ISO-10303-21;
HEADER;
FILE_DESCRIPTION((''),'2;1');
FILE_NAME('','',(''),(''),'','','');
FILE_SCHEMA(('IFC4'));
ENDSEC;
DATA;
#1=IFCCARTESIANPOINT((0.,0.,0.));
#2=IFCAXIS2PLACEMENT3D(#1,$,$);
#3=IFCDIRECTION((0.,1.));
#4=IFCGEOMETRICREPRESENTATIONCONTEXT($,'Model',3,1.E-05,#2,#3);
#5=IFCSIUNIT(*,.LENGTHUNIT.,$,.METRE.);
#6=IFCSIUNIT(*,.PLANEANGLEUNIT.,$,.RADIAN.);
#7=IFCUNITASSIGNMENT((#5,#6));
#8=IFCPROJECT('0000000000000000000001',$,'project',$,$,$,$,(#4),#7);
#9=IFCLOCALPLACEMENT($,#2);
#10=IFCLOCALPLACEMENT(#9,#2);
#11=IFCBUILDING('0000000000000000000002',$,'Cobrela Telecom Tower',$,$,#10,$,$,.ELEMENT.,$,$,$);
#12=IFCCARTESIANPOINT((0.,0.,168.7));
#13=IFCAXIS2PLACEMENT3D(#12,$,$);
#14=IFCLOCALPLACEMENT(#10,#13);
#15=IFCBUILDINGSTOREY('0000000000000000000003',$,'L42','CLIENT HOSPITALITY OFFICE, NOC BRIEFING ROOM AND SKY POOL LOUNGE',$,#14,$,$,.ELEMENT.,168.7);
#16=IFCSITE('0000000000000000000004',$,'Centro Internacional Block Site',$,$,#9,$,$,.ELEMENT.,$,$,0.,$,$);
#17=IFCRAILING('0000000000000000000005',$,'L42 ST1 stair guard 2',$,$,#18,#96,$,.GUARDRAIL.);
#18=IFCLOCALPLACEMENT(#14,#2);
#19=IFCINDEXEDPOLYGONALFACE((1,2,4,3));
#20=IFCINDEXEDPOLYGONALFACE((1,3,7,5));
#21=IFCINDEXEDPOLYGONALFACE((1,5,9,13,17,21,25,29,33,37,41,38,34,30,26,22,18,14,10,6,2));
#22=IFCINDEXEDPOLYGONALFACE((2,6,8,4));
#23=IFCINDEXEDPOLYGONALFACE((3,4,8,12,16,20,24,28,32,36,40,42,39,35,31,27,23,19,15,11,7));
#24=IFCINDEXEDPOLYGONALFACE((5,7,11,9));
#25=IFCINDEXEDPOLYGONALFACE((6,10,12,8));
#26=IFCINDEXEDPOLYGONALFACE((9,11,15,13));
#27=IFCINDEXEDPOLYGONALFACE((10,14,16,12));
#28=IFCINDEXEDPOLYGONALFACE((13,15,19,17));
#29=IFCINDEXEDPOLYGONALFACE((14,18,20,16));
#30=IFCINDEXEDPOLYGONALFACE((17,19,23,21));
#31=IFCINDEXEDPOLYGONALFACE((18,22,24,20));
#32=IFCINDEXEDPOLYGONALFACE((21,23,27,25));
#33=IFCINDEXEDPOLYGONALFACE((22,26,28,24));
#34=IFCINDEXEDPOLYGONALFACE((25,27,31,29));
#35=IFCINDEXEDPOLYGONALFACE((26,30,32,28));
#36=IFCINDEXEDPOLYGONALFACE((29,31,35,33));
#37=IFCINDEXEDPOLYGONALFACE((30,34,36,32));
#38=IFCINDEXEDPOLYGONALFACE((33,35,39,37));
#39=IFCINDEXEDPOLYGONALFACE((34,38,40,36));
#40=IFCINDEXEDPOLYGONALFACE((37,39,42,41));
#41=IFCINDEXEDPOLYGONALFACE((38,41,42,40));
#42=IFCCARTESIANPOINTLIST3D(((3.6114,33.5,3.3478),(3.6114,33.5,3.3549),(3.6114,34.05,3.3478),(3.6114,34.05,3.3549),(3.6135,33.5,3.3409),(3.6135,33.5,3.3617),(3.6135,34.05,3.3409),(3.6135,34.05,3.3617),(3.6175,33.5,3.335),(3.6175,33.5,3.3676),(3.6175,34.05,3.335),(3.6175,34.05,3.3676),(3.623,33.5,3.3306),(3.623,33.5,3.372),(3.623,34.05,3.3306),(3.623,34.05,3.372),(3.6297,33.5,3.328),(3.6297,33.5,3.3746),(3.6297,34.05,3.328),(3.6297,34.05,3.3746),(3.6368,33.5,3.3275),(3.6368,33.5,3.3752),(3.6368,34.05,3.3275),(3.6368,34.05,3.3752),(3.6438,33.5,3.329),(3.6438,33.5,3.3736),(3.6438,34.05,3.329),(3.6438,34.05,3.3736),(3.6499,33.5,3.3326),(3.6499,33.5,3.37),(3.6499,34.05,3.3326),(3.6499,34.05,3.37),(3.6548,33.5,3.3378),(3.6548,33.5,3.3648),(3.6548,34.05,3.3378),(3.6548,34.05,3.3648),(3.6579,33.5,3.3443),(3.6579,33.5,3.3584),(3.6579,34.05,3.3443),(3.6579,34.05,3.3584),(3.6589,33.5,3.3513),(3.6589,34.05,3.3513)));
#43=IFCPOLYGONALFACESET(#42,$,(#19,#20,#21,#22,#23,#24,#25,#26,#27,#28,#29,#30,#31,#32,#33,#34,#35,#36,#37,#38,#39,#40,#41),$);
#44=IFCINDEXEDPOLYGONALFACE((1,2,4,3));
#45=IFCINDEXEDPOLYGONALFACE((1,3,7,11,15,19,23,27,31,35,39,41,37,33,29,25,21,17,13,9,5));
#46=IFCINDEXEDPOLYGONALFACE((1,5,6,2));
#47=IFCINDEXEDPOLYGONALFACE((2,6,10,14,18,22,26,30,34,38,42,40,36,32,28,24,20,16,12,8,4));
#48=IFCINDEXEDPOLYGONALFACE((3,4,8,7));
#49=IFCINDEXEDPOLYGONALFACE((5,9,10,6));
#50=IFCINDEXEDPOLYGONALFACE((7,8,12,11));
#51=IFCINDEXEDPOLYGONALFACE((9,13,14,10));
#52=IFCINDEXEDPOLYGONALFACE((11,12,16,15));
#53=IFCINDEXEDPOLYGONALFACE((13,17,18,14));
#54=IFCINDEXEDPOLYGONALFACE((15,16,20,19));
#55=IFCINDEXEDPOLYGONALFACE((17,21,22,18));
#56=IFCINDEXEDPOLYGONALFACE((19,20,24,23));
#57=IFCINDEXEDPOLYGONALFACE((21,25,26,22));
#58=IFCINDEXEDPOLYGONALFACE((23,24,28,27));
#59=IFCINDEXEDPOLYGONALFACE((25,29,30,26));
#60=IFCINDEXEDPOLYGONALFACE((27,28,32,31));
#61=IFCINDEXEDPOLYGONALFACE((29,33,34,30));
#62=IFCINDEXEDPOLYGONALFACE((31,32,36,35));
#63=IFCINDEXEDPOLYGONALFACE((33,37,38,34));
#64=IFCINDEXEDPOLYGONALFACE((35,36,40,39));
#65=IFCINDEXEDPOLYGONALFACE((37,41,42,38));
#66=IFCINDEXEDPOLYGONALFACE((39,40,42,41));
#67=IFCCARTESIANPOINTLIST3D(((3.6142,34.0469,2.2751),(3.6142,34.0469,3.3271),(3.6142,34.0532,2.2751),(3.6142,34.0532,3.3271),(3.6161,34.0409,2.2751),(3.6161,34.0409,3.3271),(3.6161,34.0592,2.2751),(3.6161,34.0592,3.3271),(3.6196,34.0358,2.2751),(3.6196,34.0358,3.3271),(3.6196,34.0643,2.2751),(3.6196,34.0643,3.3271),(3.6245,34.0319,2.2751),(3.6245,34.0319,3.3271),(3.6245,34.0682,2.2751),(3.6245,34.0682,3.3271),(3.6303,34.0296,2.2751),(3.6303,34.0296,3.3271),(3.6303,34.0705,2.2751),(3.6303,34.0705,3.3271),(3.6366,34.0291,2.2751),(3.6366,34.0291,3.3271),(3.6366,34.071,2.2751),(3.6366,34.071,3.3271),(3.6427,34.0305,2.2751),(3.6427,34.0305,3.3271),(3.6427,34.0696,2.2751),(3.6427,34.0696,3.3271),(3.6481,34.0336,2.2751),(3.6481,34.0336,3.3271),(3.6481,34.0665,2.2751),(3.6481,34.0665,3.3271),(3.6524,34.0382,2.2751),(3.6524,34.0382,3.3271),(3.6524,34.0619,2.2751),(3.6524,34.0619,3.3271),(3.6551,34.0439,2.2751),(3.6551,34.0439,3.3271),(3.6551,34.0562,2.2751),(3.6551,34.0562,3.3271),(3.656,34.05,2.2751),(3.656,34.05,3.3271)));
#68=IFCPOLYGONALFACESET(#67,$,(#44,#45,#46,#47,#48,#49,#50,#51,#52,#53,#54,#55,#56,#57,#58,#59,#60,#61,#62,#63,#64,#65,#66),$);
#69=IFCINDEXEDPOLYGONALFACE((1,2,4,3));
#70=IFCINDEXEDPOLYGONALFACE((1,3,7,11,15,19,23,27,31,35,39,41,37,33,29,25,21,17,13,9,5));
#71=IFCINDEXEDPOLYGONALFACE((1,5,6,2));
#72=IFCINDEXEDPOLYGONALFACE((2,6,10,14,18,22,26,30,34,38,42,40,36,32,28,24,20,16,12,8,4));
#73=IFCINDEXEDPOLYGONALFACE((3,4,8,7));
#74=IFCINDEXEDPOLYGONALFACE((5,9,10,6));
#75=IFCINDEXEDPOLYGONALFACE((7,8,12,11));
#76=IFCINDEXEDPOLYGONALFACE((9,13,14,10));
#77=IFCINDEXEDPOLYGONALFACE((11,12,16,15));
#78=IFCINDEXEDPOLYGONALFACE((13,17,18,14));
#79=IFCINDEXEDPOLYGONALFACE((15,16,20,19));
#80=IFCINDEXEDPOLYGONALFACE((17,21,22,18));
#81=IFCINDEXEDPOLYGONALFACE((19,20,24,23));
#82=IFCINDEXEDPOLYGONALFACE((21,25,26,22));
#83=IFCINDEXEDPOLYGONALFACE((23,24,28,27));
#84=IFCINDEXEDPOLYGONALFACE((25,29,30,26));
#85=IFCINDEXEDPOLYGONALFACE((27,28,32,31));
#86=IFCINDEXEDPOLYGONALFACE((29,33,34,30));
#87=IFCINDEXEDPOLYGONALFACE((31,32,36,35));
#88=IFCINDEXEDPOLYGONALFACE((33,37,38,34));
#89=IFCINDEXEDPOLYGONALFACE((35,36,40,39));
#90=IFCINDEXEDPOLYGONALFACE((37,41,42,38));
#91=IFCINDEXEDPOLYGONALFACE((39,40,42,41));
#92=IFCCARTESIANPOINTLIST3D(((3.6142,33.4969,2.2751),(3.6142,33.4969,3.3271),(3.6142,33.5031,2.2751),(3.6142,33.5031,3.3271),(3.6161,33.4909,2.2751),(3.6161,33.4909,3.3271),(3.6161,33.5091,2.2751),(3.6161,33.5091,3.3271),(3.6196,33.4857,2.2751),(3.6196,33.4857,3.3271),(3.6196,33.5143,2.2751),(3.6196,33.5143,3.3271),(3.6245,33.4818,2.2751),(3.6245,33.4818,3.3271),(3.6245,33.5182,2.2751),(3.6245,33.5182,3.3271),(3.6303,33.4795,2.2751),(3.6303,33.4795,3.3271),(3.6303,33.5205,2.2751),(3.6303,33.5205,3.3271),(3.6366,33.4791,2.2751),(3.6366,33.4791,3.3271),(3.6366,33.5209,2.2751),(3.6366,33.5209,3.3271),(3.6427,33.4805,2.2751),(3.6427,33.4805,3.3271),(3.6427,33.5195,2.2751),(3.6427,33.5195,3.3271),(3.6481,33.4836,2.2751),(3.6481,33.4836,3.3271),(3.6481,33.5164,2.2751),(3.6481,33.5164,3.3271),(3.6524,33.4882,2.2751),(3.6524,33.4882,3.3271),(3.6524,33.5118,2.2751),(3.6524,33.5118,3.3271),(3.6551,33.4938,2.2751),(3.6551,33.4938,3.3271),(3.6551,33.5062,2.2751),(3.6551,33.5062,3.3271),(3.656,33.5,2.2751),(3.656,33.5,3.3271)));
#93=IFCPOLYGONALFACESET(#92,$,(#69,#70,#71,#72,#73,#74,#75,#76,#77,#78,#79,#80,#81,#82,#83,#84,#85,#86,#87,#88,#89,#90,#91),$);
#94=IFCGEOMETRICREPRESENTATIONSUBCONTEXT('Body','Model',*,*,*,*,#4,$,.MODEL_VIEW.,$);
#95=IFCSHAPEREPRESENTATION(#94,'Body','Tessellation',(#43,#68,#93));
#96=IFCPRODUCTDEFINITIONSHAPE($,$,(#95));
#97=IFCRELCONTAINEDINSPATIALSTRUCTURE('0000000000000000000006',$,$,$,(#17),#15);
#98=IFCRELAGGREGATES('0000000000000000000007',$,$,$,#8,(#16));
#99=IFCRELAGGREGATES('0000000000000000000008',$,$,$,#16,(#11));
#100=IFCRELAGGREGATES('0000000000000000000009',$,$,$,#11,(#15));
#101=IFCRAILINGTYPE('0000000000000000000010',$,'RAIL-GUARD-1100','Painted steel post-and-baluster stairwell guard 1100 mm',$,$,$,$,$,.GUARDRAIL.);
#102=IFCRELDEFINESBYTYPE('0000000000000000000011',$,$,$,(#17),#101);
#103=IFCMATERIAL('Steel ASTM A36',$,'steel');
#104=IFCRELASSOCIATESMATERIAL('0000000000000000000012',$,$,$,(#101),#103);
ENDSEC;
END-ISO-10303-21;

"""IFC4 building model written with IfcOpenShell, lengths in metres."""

from ifc_helpers import new_model, si_unit, direction, frame, origin, origin_2d, place, context, subcontext, project, spatial, circle, extrude, material, type_object, element, save


model = new_model("IFC4")

# Units and contexts
model_context = context("Model", 3, precision=1e-05, world=origin(), true_north=direction((0.0, 1.0)))
body_context = subcontext(model_context, "Body", "Model", "MODEL_VIEW")
ifc_project = project(units=[si_unit("LENGTHUNIT", "METRE"), si_unit("PLANEANGLEUNIT", "RADIAN")], contexts=[model_context])

# Site, building, storey
site_placement = place(None, origin())
site = spatial("IfcSite", under=ifc_project, at=site_placement, Name="Centro Internacional Block Site", CompositionType="ELEMENT", RefElevation=0.0)
building_placement = place(site_placement, origin())
building = spatial("IfcBuilding", under=site, at=building_placement, Name="Cobrela Telecom Tower", CompositionType="ELEMENT")
storey_placement = place(building_placement, frame((0.0, 0.0, 168.7)))
storey = spatial("IfcBuildingStorey", under=building, at=storey_placement, Name="L42", Description="CLIENT HOSPITALITY OFFICE, NOC BRIEFING ROOM AND SKY POOL LOUNGE", CompositionType="ELEMENT", Elevation=168.7)

# Railing
ifc_material_1 = material(Name="Steel ASTM A36", Category="steel")
railing_type_1 = type_object("IfcRailingType", Name="RAIL-GUARD-1100", Description="Painted steel post-and-baluster stairwell guard 1100 mm", PredefinedType="GUARDRAIL", material=ifc_material_1)
railing_1_placement = place(storey_placement, frame((3.635, 34.05, 2.2751)))
element("IfcRailing", 1, at=railing_1_placement, inside=storey, type_object=railing_type_1, Name="L42 ST1 stair guard 2", PredefinedType="GUARDRAIL", context=body_context, shape_type="SweptSolid", body=[
    extrude(circle(Radius=0.0239, at=origin_2d()), frame((0.0, 0.0, 1.0762), z_axis=(0.0, -1.0, 0.0), x_axis=(1.0, 0.0, 0.0)), (0.0, 0.0, 1.0), 0.55),
    extrude(circle(Radius=0.021, at=origin_2d()), origin(), (0.0, 0.0, 1.0), 1.052),
    extrude(circle(Radius=0.021, at=origin_2d()), frame((0.0, -0.55, 0.0)), (0.0, 0.0, 1.0), 1.052),
])

save(model, "model.ifc")
